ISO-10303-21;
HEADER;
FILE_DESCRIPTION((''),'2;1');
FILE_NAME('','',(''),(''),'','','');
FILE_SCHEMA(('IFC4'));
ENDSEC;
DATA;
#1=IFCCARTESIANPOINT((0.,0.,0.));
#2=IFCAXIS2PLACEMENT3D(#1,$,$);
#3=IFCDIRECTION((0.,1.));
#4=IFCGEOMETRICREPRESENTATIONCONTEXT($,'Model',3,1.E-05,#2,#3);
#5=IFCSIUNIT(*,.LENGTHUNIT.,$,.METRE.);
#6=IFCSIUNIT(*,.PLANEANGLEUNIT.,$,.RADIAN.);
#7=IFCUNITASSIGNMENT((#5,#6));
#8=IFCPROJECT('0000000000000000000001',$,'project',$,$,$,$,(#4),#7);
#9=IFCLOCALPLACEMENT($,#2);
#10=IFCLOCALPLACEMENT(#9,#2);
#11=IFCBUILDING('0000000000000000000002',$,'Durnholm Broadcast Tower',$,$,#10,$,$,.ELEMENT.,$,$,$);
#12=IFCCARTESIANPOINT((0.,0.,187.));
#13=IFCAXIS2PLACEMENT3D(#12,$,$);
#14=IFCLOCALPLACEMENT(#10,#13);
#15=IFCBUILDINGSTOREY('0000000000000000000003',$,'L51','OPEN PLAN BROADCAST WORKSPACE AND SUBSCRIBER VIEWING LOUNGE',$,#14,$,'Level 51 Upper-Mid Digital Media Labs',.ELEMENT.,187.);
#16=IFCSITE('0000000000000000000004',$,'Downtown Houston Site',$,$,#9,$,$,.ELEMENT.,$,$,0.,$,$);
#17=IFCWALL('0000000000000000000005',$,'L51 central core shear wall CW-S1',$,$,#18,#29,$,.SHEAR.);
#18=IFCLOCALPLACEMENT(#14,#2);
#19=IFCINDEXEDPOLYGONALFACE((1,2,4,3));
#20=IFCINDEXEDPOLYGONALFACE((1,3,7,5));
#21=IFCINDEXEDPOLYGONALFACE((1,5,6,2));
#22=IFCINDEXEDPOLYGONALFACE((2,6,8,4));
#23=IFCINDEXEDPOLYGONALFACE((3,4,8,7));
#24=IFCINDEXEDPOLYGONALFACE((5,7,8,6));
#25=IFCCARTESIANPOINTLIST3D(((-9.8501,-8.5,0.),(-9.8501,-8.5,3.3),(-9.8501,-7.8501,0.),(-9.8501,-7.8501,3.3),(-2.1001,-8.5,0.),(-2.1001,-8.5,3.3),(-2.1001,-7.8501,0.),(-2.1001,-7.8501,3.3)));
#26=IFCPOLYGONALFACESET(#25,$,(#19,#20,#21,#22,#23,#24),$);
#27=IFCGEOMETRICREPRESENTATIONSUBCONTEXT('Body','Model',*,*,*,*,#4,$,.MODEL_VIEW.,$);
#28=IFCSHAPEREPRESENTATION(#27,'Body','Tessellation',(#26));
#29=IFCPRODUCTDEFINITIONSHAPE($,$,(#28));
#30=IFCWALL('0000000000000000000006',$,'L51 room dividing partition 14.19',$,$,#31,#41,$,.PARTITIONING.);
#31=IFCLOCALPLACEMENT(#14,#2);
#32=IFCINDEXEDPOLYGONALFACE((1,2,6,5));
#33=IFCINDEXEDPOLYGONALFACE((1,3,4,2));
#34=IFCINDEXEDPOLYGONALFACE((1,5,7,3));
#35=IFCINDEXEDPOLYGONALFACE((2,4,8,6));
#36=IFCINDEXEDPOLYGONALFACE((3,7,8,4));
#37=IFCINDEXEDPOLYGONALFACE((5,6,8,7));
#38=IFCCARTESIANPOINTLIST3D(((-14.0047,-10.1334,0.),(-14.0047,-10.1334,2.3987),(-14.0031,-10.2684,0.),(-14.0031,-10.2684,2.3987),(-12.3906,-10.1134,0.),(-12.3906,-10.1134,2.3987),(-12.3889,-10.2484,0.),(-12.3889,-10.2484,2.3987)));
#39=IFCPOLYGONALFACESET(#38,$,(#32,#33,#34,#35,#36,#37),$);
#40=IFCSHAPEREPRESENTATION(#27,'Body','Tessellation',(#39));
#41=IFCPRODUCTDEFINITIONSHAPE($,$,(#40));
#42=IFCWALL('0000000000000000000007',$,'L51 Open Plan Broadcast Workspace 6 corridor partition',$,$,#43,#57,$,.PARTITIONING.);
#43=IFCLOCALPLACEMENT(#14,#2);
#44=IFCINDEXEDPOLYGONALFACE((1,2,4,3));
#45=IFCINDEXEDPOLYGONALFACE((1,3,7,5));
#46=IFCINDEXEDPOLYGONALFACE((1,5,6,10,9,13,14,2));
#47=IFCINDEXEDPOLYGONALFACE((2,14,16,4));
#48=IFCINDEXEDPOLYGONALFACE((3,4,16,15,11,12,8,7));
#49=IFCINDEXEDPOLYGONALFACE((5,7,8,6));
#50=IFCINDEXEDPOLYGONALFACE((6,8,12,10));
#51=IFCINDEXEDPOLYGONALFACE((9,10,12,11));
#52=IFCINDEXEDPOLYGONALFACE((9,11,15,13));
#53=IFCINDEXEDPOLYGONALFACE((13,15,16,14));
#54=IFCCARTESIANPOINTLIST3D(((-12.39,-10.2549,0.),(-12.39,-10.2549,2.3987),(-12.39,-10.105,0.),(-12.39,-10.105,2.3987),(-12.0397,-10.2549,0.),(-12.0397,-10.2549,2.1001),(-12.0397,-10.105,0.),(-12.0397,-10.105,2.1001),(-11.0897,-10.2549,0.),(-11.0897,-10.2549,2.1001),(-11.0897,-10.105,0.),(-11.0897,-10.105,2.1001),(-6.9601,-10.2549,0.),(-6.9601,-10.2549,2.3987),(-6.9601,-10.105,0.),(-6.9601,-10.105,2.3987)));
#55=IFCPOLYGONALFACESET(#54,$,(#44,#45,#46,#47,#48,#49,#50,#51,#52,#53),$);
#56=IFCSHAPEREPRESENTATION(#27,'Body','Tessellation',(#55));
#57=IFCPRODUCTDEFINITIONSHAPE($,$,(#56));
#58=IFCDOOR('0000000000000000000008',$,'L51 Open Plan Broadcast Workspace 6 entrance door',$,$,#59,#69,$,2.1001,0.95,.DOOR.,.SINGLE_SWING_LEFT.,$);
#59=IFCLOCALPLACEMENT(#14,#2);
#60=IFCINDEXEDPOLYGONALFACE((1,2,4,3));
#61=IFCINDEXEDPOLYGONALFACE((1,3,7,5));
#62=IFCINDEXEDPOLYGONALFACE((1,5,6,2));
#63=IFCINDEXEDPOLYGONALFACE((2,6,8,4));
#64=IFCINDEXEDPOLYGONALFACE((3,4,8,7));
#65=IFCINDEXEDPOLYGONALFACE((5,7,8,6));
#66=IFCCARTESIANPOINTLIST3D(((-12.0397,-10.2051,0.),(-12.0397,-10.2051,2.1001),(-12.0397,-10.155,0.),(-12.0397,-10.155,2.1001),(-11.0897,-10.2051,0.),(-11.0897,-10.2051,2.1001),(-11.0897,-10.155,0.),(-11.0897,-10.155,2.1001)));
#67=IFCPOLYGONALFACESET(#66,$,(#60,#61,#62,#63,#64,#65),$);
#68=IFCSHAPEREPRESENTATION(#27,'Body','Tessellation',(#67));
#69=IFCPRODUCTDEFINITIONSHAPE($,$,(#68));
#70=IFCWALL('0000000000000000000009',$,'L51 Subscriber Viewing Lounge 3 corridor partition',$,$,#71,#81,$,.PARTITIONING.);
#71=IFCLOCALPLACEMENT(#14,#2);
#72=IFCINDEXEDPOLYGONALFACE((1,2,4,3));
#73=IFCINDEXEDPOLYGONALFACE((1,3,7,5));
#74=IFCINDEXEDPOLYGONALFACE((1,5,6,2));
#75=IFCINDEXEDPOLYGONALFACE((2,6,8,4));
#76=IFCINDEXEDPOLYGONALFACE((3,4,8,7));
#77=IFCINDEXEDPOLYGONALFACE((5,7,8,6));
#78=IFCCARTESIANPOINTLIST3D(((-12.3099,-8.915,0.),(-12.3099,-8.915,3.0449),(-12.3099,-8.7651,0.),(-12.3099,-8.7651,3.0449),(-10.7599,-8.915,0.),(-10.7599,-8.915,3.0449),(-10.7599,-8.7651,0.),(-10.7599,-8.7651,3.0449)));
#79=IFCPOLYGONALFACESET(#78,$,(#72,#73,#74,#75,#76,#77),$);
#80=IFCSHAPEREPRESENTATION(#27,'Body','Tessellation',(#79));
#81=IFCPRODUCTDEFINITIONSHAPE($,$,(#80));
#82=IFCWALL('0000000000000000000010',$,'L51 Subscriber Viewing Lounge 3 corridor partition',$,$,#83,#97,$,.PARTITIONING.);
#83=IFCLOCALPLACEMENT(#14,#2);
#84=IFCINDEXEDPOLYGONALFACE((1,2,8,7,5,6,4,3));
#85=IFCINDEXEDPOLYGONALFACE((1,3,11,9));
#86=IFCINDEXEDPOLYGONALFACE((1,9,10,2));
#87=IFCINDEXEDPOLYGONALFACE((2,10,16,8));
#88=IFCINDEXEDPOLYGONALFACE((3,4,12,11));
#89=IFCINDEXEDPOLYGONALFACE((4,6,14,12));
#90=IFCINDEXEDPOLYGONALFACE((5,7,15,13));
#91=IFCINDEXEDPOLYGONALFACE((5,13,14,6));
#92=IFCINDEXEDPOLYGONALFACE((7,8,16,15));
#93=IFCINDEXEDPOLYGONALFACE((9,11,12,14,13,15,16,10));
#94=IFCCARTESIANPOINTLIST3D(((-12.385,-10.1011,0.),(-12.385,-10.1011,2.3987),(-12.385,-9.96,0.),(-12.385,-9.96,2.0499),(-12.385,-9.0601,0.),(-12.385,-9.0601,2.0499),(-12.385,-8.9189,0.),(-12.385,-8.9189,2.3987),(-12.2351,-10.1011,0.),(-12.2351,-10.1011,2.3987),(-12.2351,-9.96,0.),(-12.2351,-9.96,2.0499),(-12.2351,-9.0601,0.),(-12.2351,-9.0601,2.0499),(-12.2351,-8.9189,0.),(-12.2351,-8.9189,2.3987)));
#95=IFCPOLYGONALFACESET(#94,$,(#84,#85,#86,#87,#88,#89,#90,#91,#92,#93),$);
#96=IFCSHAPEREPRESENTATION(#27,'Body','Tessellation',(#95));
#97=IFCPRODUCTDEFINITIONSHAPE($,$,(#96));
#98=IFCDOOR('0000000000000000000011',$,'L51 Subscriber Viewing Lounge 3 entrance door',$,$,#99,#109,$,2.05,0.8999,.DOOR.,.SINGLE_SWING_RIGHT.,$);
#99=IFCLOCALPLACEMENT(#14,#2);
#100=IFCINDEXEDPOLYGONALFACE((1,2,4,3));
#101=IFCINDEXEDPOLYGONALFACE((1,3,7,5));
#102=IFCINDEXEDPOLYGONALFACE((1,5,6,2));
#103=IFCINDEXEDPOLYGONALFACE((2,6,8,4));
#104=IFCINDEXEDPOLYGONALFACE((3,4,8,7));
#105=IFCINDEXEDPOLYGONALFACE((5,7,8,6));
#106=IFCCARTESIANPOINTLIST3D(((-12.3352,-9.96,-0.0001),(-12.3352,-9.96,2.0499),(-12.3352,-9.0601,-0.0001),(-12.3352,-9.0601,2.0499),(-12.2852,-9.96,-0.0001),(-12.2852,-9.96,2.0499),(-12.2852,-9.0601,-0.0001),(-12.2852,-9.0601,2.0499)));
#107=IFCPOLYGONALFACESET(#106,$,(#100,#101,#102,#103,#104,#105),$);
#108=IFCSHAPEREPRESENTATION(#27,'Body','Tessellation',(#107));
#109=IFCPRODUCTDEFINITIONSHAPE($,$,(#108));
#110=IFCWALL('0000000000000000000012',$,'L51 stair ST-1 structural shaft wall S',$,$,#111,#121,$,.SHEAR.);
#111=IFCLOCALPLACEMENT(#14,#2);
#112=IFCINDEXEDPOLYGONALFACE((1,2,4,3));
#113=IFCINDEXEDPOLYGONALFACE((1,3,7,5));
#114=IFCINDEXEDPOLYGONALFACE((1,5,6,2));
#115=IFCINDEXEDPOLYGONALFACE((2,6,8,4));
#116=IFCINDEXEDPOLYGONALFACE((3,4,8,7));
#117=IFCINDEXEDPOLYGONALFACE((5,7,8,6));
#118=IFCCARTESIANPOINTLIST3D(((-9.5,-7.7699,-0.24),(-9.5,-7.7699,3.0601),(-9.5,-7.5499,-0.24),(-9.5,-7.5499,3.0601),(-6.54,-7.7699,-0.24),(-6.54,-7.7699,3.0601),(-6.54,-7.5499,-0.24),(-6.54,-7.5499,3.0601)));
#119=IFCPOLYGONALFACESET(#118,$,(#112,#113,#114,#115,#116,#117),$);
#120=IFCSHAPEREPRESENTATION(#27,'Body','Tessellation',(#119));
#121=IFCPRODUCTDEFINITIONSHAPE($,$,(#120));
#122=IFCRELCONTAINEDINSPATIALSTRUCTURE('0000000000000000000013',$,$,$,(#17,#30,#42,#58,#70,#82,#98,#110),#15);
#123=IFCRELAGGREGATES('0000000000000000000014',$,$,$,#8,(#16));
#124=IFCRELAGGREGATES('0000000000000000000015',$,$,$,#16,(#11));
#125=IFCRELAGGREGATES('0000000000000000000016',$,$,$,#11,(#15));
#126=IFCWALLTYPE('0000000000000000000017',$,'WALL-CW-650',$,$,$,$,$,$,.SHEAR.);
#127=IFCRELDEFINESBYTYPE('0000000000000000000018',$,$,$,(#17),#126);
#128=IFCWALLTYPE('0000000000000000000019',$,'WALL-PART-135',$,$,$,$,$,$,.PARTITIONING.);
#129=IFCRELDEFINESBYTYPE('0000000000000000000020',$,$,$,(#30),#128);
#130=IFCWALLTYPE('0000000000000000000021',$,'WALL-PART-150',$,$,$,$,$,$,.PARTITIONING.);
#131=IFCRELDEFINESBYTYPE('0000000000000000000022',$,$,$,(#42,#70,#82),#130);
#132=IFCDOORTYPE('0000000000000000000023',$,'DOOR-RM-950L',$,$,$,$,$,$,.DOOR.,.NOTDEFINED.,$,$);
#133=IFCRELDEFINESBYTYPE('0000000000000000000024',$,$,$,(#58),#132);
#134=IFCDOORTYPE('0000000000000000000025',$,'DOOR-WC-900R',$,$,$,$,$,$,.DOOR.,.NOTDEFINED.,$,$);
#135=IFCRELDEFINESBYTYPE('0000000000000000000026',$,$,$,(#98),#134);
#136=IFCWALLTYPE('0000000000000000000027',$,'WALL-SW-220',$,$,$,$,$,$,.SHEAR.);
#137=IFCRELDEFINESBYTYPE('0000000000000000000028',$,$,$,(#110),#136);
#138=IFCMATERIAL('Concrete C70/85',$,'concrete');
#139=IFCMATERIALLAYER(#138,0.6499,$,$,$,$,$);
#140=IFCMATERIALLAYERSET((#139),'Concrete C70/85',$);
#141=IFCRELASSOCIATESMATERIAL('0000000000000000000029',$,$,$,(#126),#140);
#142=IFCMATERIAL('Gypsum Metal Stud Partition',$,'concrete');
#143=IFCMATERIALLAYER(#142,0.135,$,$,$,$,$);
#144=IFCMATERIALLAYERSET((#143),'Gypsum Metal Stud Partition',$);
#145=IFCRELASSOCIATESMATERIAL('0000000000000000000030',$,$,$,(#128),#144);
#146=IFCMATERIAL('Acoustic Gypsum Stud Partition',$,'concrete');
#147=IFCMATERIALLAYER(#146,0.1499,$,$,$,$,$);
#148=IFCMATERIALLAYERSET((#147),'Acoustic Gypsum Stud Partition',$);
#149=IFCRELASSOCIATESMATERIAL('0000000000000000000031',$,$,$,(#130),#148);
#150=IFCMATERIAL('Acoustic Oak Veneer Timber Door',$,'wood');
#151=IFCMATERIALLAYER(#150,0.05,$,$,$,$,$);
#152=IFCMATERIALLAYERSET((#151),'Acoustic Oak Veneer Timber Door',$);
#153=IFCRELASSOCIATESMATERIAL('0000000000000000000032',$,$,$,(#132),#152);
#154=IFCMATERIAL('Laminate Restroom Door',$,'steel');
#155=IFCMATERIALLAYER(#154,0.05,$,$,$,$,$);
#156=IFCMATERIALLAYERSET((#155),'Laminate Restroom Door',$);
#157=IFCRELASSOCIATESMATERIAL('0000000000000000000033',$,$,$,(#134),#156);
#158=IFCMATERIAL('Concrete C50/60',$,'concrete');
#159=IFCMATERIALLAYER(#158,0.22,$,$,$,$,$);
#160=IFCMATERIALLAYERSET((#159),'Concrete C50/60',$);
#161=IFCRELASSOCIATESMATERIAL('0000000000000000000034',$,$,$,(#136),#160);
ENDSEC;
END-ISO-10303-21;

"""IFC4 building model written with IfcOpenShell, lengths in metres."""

from ifc_helpers import new_model, si_unit, direction, frame, frame_2d, origin, place, context, subcontext, project, spatial, rectangle, extrude, source, transform, mapped, material, layer, layer_set, type_object, type_shapes, element, fill, save


model = new_model("IFC4")

# Units and contexts
model_context = context("Model", 3, precision=1e-05, world=origin(), true_north=direction((0.0, 1.0)))
body_context = subcontext(model_context, "Body", "Model", "MODEL_VIEW")
ifc_project = project(units=[si_unit("LENGTHUNIT", "METRE"), si_unit("PLANEANGLEUNIT", "RADIAN")], contexts=[model_context])

# Site, building, storey
site_placement = place(None, origin())
site = spatial("IfcSite", under=ifc_project, at=site_placement, Name="Downtown Houston Site", CompositionType="ELEMENT", RefElevation=0.0)
building_placement = place(site_placement, origin())
building = spatial("IfcBuilding", under=site, at=building_placement, Name="Durnholm Broadcast Tower", CompositionType="ELEMENT")
storey_placement = place(building_placement, frame((0.0, 0.0, 187.0)))
storey = spatial("IfcBuildingStorey", under=building, at=storey_placement, Name="L51", Description="OPEN PLAN BROADCAST WORKSPACE AND SUBSCRIBER VIEWING LOUNGE", LongName="Level 51 Upper-Mid Digital Media Labs", CompositionType="ELEMENT", Elevation=187.0)

# Shared definitions
ifc_material_1 = material(Name="Concrete C70/85", Category="concrete")

# Walls
ifc_layer_1 = layer(ifc_material_1, 0.6499)
ifc_layer_set_1 = layer_set([ifc_layer_1], Name="Concrete C70/85")
wall_type_1 = type_object("IfcWallType", Name="WALL-CW-650", PredefinedType="SHEAR", material=ifc_layer_set_1)
wall_1_placement = place(storey_placement, frame((-9.8501, -8.175, 0.0), z_axis=(0.0, 0.0, 1.0), x_axis=(1.0, 0.0, 0.0)))
element("IfcWall", 1, at=wall_1_placement, inside=storey, type_object=wall_type_1, Name="L51 central core shear wall CW-S1", PredefinedType="SHEAR", context=body_context, shape_type="SweptSolid", body=[
    extrude(rectangle(XDim=7.75, YDim=0.6499, at=frame_2d((3.875, 0.0))), origin(), (0.0, 0.0, 1.0), 3.3),
])
ifc_material_2 = material(Name="Gypsum Metal Stud Partition", Category="concrete")
ifc_layer_2 = layer(ifc_material_2, 0.135)
ifc_layer_set_2 = layer_set([ifc_layer_2], Name="Gypsum Metal Stud Partition")
wall_type_2 = type_object("IfcWallType", Name="WALL-PART-135", PredefinedType="PARTITIONING", material=ifc_layer_set_2)
wall_2_placement = place(storey_placement, frame((-14.0039, -10.2009, 0.0), z_axis=(0.0, 0.0, 1.0), x_axis=(0.999923, 0.012403, 0.0)))
element("IfcWall", 2, at=wall_2_placement, inside=storey, type_object=wall_type_2, Name="L51 room dividing partition 14.19", PredefinedType="PARTITIONING", context=body_context, shape_type="SweptSolid", body=[
    extrude(rectangle(XDim=1.6143, YDim=0.135, at=frame_2d((0.8071, 0.0))), origin(), (0.0, 0.0, 1.0), 2.3987),
])

# Wall, opening, door
ifc_material_3 = material(Name="Acoustic Gypsum Stud Partition", Category="concrete")
ifc_layer_3 = layer(ifc_material_3, 0.1499)
ifc_layer_set_3 = layer_set([ifc_layer_3], Name="Acoustic Gypsum Stud Partition")
wall_type_3 = type_object("IfcWallType", Name="WALL-PART-150", PredefinedType="PARTITIONING", material=ifc_layer_set_3)
wall_3_placement = place(storey_placement, frame((-12.3899, -10.1799, 0.0), z_axis=(0.0, 0.0, 1.0), x_axis=(1.0, 0.0, 0.0)))
wall_3 = element("IfcWall", 3, at=wall_3_placement, inside=storey, type_object=wall_type_3, Name="L51 Open Plan Broadcast Workspace 6 corridor partition", PredefinedType="PARTITIONING", context=body_context, shape_type="SweptSolid", body=[
    extrude(rectangle(XDim=5.4299, YDim=0.1499, at=frame_2d((2.7148, 0.0))), origin(), (0.0, 0.0, 1.0), 2.3987),
])
opening_1_placement = place(wall_3_placement, frame((0.3501, 0.0, 0.0)))
opening_1 = element("IfcOpeningElement", 4, at=opening_1_placement, cuts=wall_3, PredefinedType="OPENING", context=body_context, shape_type="SweptSolid", body=[
    extrude(rectangle(XDim=0.95, YDim=2.1001, at=frame_2d((0.4751, 1.05))), frame((0.0, 0.085, 0.0), z_axis=(0.0, -1.0, 0.0), x_axis=(1.0, 0.0, 0.0)), (0.0, 0.0, 1.0), 0.1699),
])
ifc_material_4 = material(Name="Acoustic Oak Veneer Timber Door", Category="wood")
ifc_layer_4 = layer(ifc_material_4, 0.05)
ifc_layer_set_4 = layer_set([ifc_layer_4], Name="Acoustic Oak Veneer Timber Door")
door_type_1 = type_object("IfcDoorType", Name="DOOR-RM-950L", OperationType="NOTDEFINED", PredefinedType="DOOR", material=ifc_layer_set_4)
shared_shape_1 = source(origin(), body_context, "Body", "SweptSolid", [
    extrude(rectangle(XDim=0.95, YDim=2.1001, at=frame_2d((0.4751, 1.05))), frame((0.0, 0.0249, 0.0), z_axis=(0.0, -1.0, 0.0), x_axis=(1.0, 0.0, 0.0)), (0.0, 0.0, 1.0), 0.05),
])
type_shapes(door_type_1, [shared_shape_1])
door_1_placement = place(opening_1_placement, origin())
door_1 = element("IfcDoor", 5, at=door_1_placement, inside=storey, type_object=door_type_1, Name="L51 Open Plan Broadcast Workspace 6 entrance door", OperationType="SINGLE_SWING_LEFT", OverallHeight=2.1001, OverallWidth=0.95, PredefinedType="DOOR", context=body_context, shape_type="MappedRepresentation", body=[
    mapped(shared_shape_1, transform((0.0, 0.0, 0.0), x_axis=(1.0, 0.0, 0.0), y_axis=(0.0, 1.0, 0.0), z_axis=(0.0, 0.0, 1.0), scale=1.0)),
])
fill(opening_1, door_1)

# Wall
wall_4_placement = place(storey_placement, frame((-10.76, -8.8401, 0.0), z_axis=(0.0, 0.0, 1.0), x_axis=(-1.0, 0.0, 0.0)))
element("IfcWall", 6, at=wall_4_placement, inside=storey, type_object=wall_type_3, Name="L51 Subscriber Viewing Lounge 3 corridor partition", PredefinedType="PARTITIONING", context=body_context, shape_type="SweptSolid", body=[
    extrude(rectangle(XDim=1.55, YDim=0.1499, at=frame_2d((0.7749, 0.0))), origin(), (0.0, 0.0, 1.0), 3.0449),
])

# Wall, opening, door
wall_5_placement = place(storey_placement, frame((-12.3101, -8.9189, 0.0), z_axis=(0.0, 0.0, 1.0), x_axis=(0.0, -1.0, 0.0)))
wall_5 = element("IfcWall", 7, at=wall_5_placement, inside=storey, type_object=wall_type_3, Name="L51 Subscriber Viewing Lounge 3 corridor partition", PredefinedType="PARTITIONING", context=body_context, shape_type="SweptSolid", body=[
    extrude(rectangle(XDim=1.1821, YDim=0.1499, at=frame_2d((0.5911, 0.0))), origin(), (0.0, 0.0, 1.0), 2.3987),
])
opening_2_placement = place(wall_5_placement, frame((0.1411, 0.0, 0.0)))
opening_2 = element("IfcOpeningElement", 8, at=opening_2_placement, cuts=wall_5, PredefinedType="OPENING", context=body_context, shape_type="SweptSolid", body=[
    extrude(rectangle(XDim=0.8999, YDim=2.05, at=frame_2d((0.45, 1.0249))), frame((0.0, 0.085, 0.0), z_axis=(0.0, -1.0, 0.0), x_axis=(1.0, 0.0, 0.0)), (0.0, 0.0, 1.0), 0.1699),
])
ifc_material_5 = material(Name="Laminate Restroom Door", Category="steel")
ifc_layer_5 = layer(ifc_material_5, 0.05)
ifc_layer_set_5 = layer_set([ifc_layer_5], Name="Laminate Restroom Door")
door_type_2 = type_object("IfcDoorType", Name="DOOR-WC-900R", OperationType="NOTDEFINED", PredefinedType="DOOR", material=ifc_layer_set_5)
shared_shape_2 = source(origin(), body_context, "Body", "SweptSolid", [
    extrude(rectangle(XDim=0.8999, YDim=2.05, at=frame_2d((0.45, 1.0249))), frame((0.0, 0.0249, 0.0), z_axis=(0.0, -1.0, 0.0), x_axis=(1.0, 0.0, 0.0)), (0.0, 0.0, 1.0), 0.05),
])
type_shapes(door_type_2, [shared_shape_2])
door_2_placement = place(opening_2_placement, origin())
door_2 = element("IfcDoor", 9, at=door_2_placement, inside=storey, type_object=door_type_2, Name="L51 Subscriber Viewing Lounge 3 entrance door", OperationType="SINGLE_SWING_RIGHT", OverallHeight=2.05, OverallWidth=0.8999, PredefinedType="DOOR", context=body_context, shape_type="MappedRepresentation", body=[
    mapped(shared_shape_2, transform((0.0, 0.0, 0.0), x_axis=(1.0, 0.0, 0.0), y_axis=(0.0, 1.0, 0.0), z_axis=(0.0, 0.0, 1.0), scale=1.0)),
])
fill(opening_2, door_2)

# Wall
ifc_material_6 = material(Name="Concrete C50/60", Category="concrete")
ifc_layer_6 = layer(ifc_material_6, 0.22)
ifc_layer_set_6 = layer_set([ifc_layer_6], Name="Concrete C50/60")
wall_type_4 = type_object("IfcWallType", Name="WALL-SW-220", PredefinedType="SHEAR", material=ifc_layer_set_6)
wall_6_placement = place(storey_placement, frame((-9.5, -7.6599, -0.24), z_axis=(0.0, 0.0, 1.0), x_axis=(1.0, 0.0, 0.0)))
element("IfcWall", 10, at=wall_6_placement, inside=storey, type_object=wall_type_4, Name="L51 stair ST-1 structural shaft wall S", PredefinedType="SHEAR", context=body_context, shape_type="SweptSolid", body=[
    extrude(rectangle(XDim=2.96, YDim=0.22, at=frame_2d((1.48, 0.0))), origin(), (0.0, 0.0, 1.0), 3.3),
])

save(model, "model.ifc")
